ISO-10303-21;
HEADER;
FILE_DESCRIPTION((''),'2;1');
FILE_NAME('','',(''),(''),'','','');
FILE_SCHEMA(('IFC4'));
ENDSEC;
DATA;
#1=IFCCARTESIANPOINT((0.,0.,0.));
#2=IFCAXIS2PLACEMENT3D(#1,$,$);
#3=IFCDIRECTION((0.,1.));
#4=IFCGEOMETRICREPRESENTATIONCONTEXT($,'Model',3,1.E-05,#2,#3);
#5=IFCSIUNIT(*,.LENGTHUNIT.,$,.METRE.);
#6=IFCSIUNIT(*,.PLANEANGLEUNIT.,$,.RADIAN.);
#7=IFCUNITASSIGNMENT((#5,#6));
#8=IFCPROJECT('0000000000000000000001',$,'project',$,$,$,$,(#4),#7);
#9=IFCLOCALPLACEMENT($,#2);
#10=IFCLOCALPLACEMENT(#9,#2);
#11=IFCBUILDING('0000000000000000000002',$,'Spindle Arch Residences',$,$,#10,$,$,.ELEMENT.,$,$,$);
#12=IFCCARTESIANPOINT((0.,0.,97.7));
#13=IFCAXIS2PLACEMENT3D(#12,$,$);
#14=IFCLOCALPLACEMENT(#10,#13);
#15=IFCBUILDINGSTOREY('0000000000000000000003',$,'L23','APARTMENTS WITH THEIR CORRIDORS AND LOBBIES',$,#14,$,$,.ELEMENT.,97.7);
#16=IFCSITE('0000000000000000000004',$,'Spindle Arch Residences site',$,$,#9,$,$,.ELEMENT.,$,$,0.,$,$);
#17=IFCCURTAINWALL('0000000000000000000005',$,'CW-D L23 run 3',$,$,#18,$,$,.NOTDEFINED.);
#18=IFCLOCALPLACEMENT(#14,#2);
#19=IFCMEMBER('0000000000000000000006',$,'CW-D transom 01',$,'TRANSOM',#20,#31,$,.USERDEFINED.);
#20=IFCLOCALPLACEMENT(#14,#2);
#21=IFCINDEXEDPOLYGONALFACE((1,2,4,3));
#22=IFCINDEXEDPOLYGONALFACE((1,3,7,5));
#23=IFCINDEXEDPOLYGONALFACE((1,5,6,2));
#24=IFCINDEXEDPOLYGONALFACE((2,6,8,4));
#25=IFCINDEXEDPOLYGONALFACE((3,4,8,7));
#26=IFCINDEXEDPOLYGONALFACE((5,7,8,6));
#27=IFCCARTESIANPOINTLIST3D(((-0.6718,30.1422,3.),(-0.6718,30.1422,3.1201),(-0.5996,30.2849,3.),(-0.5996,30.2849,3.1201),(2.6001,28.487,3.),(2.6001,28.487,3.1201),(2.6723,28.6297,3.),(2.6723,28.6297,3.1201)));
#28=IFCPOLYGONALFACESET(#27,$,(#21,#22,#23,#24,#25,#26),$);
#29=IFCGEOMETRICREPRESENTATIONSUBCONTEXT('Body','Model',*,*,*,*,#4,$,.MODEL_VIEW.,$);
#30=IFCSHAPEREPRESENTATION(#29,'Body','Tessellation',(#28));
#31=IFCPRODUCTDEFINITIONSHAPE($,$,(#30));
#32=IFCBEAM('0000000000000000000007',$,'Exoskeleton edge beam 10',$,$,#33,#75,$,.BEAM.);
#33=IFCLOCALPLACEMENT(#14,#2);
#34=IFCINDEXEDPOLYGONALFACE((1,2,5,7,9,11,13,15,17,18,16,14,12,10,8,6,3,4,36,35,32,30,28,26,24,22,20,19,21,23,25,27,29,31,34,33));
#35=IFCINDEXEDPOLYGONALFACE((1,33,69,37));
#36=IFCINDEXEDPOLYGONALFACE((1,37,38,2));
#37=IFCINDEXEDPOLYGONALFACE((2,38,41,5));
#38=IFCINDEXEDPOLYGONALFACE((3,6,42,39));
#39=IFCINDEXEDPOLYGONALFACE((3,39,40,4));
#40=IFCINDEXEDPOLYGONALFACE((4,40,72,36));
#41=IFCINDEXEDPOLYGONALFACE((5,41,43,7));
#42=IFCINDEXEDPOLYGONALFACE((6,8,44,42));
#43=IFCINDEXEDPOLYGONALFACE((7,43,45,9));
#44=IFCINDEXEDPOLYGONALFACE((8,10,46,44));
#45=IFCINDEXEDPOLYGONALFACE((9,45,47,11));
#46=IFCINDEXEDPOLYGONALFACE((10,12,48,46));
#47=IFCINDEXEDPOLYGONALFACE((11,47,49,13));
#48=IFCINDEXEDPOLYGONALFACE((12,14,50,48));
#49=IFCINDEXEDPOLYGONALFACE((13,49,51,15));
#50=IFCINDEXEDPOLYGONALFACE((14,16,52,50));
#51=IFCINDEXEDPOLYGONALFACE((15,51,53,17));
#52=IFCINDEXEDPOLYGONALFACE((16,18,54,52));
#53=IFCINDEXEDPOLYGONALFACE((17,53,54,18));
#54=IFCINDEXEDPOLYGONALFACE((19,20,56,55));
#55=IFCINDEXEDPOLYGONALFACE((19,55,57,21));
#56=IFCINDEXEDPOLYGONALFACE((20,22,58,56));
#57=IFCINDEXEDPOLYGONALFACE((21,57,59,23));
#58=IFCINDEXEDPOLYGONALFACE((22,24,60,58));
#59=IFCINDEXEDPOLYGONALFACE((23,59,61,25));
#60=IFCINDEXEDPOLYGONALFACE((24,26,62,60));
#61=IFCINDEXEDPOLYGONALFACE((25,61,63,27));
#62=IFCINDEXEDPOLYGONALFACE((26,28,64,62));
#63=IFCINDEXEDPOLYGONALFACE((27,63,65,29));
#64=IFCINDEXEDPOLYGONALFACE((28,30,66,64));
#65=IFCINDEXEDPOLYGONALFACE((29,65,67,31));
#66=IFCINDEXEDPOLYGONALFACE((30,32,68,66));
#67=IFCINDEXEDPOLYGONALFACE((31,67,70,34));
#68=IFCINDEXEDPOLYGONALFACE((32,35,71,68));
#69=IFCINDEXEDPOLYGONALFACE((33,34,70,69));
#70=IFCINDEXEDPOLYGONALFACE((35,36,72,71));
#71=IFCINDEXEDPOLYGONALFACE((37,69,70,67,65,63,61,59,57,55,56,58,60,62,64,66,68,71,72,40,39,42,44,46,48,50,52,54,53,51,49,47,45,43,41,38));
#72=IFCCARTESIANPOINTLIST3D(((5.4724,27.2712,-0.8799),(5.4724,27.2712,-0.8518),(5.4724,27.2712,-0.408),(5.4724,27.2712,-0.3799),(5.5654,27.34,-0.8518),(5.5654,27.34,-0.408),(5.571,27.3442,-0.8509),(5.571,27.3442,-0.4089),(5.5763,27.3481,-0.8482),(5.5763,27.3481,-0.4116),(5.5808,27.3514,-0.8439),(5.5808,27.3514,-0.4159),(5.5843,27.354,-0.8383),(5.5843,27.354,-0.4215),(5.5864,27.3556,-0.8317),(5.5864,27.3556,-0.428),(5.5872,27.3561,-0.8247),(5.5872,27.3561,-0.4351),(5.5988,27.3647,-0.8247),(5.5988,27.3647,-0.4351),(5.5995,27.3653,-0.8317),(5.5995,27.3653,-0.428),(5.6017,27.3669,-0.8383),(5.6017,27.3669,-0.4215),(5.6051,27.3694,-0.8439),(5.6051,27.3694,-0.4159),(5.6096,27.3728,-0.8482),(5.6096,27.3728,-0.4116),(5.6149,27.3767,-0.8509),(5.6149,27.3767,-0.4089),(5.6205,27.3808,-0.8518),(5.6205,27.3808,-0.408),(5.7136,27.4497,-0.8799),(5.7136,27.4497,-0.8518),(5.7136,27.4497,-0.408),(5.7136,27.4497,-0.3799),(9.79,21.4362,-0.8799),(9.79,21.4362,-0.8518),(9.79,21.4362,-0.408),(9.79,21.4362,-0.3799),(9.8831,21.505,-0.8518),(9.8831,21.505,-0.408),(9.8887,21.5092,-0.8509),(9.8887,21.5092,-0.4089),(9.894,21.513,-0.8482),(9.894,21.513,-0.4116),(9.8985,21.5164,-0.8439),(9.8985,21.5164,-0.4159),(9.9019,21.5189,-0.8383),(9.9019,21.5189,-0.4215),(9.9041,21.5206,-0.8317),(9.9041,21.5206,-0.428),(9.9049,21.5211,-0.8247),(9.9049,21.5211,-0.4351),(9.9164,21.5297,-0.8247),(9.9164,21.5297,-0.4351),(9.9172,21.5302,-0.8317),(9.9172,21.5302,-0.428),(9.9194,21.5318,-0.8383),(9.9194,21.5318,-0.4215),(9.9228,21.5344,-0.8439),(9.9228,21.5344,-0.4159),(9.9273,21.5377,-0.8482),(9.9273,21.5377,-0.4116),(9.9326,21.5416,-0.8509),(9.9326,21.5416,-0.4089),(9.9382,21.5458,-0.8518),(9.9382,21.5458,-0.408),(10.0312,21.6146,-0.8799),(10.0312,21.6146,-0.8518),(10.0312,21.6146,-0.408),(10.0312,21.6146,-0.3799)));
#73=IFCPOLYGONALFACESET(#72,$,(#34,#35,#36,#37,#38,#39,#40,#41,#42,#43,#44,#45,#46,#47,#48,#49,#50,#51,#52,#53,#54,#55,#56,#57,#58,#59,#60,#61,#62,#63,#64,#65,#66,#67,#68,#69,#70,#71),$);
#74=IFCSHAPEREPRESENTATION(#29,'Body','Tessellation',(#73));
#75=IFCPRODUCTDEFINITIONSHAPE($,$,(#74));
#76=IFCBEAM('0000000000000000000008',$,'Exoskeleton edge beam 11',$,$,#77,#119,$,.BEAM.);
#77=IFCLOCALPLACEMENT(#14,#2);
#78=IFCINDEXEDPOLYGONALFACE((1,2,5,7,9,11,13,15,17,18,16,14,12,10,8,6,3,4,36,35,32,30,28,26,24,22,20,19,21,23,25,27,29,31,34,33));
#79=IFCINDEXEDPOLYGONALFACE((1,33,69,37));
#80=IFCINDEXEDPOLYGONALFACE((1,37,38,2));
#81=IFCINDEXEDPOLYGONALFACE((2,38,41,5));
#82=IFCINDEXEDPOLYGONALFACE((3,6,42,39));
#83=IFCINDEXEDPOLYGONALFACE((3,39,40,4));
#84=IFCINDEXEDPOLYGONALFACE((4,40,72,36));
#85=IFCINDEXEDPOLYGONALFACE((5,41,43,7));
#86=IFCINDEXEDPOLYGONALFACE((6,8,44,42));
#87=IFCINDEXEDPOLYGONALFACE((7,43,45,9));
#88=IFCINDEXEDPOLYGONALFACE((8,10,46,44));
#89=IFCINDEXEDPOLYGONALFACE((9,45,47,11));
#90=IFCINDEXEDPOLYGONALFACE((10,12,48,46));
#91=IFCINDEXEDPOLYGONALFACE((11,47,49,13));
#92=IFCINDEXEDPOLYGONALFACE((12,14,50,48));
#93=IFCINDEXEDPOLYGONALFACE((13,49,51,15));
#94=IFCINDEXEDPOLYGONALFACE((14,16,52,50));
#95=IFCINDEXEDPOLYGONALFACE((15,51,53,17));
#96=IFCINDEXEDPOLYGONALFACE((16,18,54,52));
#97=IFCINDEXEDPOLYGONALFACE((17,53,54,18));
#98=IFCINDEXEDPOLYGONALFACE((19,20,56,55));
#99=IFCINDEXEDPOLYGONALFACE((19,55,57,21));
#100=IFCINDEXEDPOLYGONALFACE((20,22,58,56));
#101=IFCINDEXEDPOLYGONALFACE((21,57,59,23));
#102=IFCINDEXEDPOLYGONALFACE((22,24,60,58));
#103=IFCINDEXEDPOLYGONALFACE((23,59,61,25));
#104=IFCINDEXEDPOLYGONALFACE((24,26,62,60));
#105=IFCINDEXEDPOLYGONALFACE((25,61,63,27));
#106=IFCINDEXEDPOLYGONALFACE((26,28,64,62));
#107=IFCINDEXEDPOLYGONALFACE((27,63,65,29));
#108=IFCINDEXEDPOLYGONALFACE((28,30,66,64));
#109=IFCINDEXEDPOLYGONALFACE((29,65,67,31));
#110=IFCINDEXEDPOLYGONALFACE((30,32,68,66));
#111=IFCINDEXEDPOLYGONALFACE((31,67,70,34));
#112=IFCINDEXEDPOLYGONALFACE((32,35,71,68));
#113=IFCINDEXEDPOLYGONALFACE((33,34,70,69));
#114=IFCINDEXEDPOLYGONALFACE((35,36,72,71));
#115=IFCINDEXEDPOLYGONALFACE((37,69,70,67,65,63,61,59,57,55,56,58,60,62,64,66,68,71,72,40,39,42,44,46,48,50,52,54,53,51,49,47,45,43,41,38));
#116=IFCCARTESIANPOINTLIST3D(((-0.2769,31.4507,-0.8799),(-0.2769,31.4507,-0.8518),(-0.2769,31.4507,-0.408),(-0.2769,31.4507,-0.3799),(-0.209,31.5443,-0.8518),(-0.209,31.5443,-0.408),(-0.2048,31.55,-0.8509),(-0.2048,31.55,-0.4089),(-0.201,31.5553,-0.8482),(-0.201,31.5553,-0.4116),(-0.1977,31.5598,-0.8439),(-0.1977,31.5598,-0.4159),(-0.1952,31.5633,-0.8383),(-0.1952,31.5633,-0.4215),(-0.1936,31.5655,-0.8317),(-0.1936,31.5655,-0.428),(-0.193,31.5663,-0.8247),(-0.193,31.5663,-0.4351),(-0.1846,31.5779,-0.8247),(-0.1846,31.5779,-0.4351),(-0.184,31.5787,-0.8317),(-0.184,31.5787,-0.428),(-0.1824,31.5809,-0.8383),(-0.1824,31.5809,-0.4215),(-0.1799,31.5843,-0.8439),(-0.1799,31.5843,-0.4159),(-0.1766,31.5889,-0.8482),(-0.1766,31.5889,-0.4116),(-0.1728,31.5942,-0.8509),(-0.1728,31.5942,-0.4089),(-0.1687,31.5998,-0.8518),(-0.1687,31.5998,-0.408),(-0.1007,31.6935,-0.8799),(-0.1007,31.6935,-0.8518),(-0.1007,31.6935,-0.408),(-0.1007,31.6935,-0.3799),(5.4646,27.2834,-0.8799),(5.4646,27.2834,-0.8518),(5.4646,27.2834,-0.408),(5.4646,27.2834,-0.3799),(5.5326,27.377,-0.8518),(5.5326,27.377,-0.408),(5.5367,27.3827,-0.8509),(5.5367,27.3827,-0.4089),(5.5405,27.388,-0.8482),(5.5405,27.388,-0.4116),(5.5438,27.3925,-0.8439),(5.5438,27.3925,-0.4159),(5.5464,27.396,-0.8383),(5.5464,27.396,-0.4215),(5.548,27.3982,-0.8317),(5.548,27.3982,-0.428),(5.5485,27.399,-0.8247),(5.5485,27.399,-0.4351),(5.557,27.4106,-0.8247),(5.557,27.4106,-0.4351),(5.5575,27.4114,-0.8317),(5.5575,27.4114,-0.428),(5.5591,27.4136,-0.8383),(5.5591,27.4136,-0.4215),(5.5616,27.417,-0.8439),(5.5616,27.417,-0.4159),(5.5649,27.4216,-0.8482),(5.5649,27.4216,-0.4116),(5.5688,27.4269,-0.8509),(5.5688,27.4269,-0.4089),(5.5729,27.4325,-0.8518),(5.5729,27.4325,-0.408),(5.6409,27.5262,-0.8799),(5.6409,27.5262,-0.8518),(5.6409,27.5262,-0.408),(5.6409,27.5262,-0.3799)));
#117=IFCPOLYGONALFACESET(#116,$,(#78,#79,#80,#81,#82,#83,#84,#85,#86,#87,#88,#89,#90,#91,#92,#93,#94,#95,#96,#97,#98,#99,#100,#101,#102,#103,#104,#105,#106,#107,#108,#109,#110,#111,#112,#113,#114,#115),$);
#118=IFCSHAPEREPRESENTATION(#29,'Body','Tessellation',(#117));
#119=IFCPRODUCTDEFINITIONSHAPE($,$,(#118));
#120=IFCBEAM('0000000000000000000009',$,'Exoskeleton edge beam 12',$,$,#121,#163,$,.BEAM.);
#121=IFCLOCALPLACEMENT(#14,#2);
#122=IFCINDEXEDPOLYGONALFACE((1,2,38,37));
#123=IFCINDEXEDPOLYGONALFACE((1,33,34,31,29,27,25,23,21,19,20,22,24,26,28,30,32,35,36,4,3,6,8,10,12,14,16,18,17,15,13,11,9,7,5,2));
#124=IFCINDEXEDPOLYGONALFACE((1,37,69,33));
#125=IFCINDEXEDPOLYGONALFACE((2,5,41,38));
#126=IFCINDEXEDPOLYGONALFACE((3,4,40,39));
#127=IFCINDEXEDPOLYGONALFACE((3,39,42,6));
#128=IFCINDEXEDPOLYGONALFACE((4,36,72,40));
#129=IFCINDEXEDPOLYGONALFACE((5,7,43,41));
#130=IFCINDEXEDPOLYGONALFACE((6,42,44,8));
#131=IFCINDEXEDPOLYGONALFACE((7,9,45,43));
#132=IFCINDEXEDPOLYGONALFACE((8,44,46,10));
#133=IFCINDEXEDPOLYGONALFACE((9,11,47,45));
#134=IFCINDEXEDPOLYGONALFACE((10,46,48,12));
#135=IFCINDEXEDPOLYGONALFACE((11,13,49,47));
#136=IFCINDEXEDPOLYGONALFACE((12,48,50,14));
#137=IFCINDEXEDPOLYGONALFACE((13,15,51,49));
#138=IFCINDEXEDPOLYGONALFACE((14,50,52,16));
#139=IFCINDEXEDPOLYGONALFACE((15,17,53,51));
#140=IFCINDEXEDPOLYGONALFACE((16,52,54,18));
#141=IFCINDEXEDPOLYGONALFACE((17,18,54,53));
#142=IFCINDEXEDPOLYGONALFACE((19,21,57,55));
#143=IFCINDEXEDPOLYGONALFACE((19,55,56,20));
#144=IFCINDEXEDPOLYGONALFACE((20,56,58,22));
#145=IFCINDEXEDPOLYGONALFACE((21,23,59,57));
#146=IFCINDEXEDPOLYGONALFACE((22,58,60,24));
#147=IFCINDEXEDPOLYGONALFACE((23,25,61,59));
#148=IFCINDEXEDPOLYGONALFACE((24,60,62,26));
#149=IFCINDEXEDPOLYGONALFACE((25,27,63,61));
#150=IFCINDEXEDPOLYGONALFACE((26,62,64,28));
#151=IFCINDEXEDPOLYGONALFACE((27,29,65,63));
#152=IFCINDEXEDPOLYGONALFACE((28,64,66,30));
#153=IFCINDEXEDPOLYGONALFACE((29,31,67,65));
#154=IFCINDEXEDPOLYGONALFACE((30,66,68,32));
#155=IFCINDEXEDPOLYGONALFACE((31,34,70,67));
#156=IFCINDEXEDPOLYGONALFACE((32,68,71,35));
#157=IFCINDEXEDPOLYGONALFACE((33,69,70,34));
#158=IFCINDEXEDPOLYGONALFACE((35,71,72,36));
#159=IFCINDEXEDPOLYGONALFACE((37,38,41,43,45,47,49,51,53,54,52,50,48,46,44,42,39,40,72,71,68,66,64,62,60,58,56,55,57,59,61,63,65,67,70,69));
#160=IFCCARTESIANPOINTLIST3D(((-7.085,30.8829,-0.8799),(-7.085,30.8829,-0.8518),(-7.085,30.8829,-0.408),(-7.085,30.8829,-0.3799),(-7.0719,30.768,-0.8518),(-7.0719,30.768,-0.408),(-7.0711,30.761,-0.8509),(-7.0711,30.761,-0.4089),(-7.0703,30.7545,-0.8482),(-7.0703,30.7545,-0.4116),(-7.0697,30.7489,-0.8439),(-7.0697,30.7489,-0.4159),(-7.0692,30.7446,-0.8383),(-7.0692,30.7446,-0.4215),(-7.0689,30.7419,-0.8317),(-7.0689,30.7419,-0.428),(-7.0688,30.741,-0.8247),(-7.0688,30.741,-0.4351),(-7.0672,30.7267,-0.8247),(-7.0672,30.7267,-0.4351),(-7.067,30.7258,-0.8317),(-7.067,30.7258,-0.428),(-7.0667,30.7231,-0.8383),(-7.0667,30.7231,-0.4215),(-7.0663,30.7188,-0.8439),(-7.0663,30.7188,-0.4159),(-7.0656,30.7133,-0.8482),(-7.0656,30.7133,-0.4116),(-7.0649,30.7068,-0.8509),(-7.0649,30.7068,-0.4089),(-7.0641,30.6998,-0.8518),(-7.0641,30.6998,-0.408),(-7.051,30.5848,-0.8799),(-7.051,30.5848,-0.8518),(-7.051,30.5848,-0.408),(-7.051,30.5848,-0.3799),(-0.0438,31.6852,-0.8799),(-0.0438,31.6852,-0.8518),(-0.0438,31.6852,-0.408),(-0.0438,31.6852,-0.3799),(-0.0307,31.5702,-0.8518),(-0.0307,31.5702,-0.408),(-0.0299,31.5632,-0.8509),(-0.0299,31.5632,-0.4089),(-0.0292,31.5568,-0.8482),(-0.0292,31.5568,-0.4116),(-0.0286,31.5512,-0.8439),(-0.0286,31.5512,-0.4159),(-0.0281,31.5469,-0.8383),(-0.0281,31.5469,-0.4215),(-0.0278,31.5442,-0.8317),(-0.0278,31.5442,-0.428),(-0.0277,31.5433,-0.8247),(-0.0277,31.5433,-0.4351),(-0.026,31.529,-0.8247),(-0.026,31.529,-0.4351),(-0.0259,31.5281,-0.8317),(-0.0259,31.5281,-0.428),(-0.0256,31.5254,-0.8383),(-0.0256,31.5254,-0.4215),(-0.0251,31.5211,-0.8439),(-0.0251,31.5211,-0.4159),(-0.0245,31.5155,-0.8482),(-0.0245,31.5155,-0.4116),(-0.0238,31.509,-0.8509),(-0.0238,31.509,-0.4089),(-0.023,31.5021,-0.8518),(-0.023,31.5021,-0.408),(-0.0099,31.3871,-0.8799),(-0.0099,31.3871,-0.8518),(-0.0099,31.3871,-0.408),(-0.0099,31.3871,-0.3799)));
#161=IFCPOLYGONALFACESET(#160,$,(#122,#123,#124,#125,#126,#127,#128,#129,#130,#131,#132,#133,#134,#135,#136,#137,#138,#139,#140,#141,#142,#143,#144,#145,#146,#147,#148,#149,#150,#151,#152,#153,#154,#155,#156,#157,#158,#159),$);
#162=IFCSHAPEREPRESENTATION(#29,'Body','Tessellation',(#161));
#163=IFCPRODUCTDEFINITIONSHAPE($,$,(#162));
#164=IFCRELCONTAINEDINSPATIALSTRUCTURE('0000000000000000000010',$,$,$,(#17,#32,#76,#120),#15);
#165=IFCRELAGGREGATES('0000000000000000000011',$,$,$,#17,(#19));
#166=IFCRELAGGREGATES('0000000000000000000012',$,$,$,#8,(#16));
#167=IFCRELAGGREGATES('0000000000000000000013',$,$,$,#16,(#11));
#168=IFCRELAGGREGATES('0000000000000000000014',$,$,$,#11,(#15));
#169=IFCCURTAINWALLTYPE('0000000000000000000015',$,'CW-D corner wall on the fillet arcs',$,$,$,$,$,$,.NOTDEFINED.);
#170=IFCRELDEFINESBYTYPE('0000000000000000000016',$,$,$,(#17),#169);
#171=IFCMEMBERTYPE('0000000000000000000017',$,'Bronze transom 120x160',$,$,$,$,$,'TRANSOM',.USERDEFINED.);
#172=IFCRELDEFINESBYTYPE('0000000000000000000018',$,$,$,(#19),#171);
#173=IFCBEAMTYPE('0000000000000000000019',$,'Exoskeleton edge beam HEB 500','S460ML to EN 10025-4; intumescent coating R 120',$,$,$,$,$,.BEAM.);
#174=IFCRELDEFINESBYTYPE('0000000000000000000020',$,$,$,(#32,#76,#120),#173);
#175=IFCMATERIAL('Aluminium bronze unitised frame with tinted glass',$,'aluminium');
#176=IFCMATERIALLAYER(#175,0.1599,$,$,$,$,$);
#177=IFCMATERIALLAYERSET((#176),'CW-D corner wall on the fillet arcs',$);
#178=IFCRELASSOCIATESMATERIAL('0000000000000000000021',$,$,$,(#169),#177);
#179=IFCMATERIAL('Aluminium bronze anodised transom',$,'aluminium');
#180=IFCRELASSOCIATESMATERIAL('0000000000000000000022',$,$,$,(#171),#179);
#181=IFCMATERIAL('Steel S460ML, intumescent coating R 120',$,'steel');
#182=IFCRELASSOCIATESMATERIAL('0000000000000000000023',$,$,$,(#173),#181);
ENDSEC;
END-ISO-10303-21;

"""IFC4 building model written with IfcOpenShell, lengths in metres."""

from ifc_helpers import new_model, si_unit, direction, frame, origin, origin_2d, place, context, subcontext, project, spatial, rectangle, i_section, extrude, material, layer, layer_set, material_profile, profile_set, type_object, element, aggregate, save


model = new_model("IFC4")

# Units and contexts
model_context = context("Model", 3, precision=1e-05, world=origin(), true_north=direction((0.0, 1.0)))
body_context = subcontext(model_context, "Body", "Model", "MODEL_VIEW")
ifc_project = project(units=[si_unit("LENGTHUNIT", "METRE"), si_unit("PLANEANGLEUNIT", "RADIAN")], contexts=[model_context])

# Site, building, storey
site_placement = place(None, origin())
site = spatial("IfcSite", under=ifc_project, at=site_placement, Name="Spindle Arch Residences site", CompositionType="ELEMENT", RefElevation=0.0)
building_placement = place(site_placement, origin())
building = spatial("IfcBuilding", under=site, at=building_placement, Name="Spindle Arch Residences", CompositionType="ELEMENT")
storey_placement = place(building_placement, frame((0.0, 0.0, 97.7)))
storey = spatial("IfcBuildingStorey", under=building, at=storey_placement, Name="L23", Description="APARTMENTS WITH THEIR CORRIDORS AND LOBBIES", CompositionType="ELEMENT", Elevation=97.7)

# Curtain wall, member
ifc_material_1 = material(Name="Aluminium bronze unitised frame with tinted glass", Category="aluminium")
ifc_layer_1 = layer(ifc_material_1, 0.1599)
ifc_layer_set_1 = layer_set([ifc_layer_1], Name="CW-D corner wall on the fillet arcs")
curtain_wall_type_1 = type_object("IfcCurtainWallType", Name="CW-D corner wall on the fillet arcs", PredefinedType="NOTDEFINED", material=ifc_layer_set_1)
curtain_wall_1_placement = place(storey_placement, origin())
curtain_wall_1 = element("IfcCurtainWall", 1, at=curtain_wall_1_placement, inside=storey, type_object=curtain_wall_type_1, Name="CW-D L23 run 3", PredefinedType="NOTDEFINED")
ifc_material_2 = material(Name="Aluminium bronze anodised transom", Category="aluminium")
ifc_material_profile_1 = material_profile(ifc_material_2, rectangle(XDim=0.1599, YDim=0.1201, at=origin_2d()), Name="TR 120x160")
ifc_profile_set_1 = profile_set([ifc_material_profile_1], Name="Aluminium bronze anodised transom")
member_type_1 = type_object("IfcMemberType", Name="Bronze transom 120x160", ElementType="TRANSOM", PredefinedType="USERDEFINED", material=ifc_profile_set_1)
member_1_placement = place(storey_placement, frame((2.6362, 28.5583, 3.0601), z_axis=(-0.892313, 0.451417, 0.0), x_axis=(-0.451417, -0.892313, 0.0)))
member_1 = element("IfcMember", 2, at=member_1_placement, type_object=member_type_1, Name="CW-D transom 01", ObjectType="TRANSOM", PredefinedType="USERDEFINED", context=body_context, shape_type="SweptSolid", body=[
    extrude(rectangle(XDim=0.1599, YDim=0.1201, at=origin_2d()), origin(), (0.0, 0.0, 1.0), 3.6667),
])

# Beams
ifc_material_3 = material(Name="Steel S460ML, intumescent coating R 120", Category="steel")
ifc_material_profile_2 = material_profile(ifc_material_3, i_section(OverallWidth=0.3, OverallDepth=0.5, WebThickness=0.0144, FlangeThickness=0.0281, FilletRadius=0.0271, at=origin_2d()), Name="HEB 500")
ifc_profile_set_2 = profile_set([ifc_material_profile_2], Name="Steel S460ML, intumescent coating R 120")
beam_type_1 = type_object("IfcBeamType", Name="Exoskeleton edge beam HEB 500", Description="S460ML to EN 10025-4; intumescent coating R 120", PredefinedType="BEAM", material=ifc_profile_set_2)
beam_1_placement = place(storey_placement, frame((9.9106, 21.5254, -0.6299), z_axis=(-0.594821, 0.803858, 0.0), x_axis=(-0.803858, -0.594821, 0.0)))
element("IfcBeam", 3, at=beam_1_placement, inside=storey, type_object=beam_type_1, Name="Exoskeleton edge beam 10", PredefinedType="BEAM", context=body_context, shape_type="SweptSolid", body=[
    extrude(i_section(OverallWidth=0.3, OverallDepth=0.5, WebThickness=0.0144, FlangeThickness=0.0281, FilletRadius=0.0271, at=origin_2d()), origin(), (0.0, 0.0, 1.0), 7.2588),
])
beam_2_placement = place(storey_placement, frame((5.5527, 27.4048, -0.6299), z_axis=(-0.809297, 0.5874, 0.0), x_axis=(-0.5874, -0.809297, 0.0)))
element("IfcBeam", 4, at=beam_2_placement, inside=storey, type_object=beam_type_1, Name="Exoskeleton edge beam 11", PredefinedType="BEAM", context=body_context, shape_type="SweptSolid", body=[
    extrude(i_section(OverallWidth=0.3, OverallDepth=0.5, WebThickness=0.0144, FlangeThickness=0.0281, FilletRadius=0.0271, at=origin_2d()), origin(), (0.0, 0.0, 1.0), 7.0945),
])
beam_3_placement = place(storey_placement, frame((-0.0269, 31.5361, -0.6299), z_axis=(-0.993571, -0.113207, 0.0), x_axis=(0.113207, -0.993571, 0.0)))
element("IfcBeam", 5, at=beam_3_placement, inside=storey, type_object=beam_type_1, Name="Exoskeleton edge beam 12", PredefinedType="BEAM", context=body_context, shape_type="SweptSolid", body=[
    extrude(i_section(OverallWidth=0.3, OverallDepth=0.5, WebThickness=0.0144, FlangeThickness=0.0281, FilletRadius=0.0271, at=origin_2d()), origin(), (0.0, 0.0, 1.0), 7.0867),
])

aggregate(curtain_wall_1, [member_1])

save(model, "model.ifc")
